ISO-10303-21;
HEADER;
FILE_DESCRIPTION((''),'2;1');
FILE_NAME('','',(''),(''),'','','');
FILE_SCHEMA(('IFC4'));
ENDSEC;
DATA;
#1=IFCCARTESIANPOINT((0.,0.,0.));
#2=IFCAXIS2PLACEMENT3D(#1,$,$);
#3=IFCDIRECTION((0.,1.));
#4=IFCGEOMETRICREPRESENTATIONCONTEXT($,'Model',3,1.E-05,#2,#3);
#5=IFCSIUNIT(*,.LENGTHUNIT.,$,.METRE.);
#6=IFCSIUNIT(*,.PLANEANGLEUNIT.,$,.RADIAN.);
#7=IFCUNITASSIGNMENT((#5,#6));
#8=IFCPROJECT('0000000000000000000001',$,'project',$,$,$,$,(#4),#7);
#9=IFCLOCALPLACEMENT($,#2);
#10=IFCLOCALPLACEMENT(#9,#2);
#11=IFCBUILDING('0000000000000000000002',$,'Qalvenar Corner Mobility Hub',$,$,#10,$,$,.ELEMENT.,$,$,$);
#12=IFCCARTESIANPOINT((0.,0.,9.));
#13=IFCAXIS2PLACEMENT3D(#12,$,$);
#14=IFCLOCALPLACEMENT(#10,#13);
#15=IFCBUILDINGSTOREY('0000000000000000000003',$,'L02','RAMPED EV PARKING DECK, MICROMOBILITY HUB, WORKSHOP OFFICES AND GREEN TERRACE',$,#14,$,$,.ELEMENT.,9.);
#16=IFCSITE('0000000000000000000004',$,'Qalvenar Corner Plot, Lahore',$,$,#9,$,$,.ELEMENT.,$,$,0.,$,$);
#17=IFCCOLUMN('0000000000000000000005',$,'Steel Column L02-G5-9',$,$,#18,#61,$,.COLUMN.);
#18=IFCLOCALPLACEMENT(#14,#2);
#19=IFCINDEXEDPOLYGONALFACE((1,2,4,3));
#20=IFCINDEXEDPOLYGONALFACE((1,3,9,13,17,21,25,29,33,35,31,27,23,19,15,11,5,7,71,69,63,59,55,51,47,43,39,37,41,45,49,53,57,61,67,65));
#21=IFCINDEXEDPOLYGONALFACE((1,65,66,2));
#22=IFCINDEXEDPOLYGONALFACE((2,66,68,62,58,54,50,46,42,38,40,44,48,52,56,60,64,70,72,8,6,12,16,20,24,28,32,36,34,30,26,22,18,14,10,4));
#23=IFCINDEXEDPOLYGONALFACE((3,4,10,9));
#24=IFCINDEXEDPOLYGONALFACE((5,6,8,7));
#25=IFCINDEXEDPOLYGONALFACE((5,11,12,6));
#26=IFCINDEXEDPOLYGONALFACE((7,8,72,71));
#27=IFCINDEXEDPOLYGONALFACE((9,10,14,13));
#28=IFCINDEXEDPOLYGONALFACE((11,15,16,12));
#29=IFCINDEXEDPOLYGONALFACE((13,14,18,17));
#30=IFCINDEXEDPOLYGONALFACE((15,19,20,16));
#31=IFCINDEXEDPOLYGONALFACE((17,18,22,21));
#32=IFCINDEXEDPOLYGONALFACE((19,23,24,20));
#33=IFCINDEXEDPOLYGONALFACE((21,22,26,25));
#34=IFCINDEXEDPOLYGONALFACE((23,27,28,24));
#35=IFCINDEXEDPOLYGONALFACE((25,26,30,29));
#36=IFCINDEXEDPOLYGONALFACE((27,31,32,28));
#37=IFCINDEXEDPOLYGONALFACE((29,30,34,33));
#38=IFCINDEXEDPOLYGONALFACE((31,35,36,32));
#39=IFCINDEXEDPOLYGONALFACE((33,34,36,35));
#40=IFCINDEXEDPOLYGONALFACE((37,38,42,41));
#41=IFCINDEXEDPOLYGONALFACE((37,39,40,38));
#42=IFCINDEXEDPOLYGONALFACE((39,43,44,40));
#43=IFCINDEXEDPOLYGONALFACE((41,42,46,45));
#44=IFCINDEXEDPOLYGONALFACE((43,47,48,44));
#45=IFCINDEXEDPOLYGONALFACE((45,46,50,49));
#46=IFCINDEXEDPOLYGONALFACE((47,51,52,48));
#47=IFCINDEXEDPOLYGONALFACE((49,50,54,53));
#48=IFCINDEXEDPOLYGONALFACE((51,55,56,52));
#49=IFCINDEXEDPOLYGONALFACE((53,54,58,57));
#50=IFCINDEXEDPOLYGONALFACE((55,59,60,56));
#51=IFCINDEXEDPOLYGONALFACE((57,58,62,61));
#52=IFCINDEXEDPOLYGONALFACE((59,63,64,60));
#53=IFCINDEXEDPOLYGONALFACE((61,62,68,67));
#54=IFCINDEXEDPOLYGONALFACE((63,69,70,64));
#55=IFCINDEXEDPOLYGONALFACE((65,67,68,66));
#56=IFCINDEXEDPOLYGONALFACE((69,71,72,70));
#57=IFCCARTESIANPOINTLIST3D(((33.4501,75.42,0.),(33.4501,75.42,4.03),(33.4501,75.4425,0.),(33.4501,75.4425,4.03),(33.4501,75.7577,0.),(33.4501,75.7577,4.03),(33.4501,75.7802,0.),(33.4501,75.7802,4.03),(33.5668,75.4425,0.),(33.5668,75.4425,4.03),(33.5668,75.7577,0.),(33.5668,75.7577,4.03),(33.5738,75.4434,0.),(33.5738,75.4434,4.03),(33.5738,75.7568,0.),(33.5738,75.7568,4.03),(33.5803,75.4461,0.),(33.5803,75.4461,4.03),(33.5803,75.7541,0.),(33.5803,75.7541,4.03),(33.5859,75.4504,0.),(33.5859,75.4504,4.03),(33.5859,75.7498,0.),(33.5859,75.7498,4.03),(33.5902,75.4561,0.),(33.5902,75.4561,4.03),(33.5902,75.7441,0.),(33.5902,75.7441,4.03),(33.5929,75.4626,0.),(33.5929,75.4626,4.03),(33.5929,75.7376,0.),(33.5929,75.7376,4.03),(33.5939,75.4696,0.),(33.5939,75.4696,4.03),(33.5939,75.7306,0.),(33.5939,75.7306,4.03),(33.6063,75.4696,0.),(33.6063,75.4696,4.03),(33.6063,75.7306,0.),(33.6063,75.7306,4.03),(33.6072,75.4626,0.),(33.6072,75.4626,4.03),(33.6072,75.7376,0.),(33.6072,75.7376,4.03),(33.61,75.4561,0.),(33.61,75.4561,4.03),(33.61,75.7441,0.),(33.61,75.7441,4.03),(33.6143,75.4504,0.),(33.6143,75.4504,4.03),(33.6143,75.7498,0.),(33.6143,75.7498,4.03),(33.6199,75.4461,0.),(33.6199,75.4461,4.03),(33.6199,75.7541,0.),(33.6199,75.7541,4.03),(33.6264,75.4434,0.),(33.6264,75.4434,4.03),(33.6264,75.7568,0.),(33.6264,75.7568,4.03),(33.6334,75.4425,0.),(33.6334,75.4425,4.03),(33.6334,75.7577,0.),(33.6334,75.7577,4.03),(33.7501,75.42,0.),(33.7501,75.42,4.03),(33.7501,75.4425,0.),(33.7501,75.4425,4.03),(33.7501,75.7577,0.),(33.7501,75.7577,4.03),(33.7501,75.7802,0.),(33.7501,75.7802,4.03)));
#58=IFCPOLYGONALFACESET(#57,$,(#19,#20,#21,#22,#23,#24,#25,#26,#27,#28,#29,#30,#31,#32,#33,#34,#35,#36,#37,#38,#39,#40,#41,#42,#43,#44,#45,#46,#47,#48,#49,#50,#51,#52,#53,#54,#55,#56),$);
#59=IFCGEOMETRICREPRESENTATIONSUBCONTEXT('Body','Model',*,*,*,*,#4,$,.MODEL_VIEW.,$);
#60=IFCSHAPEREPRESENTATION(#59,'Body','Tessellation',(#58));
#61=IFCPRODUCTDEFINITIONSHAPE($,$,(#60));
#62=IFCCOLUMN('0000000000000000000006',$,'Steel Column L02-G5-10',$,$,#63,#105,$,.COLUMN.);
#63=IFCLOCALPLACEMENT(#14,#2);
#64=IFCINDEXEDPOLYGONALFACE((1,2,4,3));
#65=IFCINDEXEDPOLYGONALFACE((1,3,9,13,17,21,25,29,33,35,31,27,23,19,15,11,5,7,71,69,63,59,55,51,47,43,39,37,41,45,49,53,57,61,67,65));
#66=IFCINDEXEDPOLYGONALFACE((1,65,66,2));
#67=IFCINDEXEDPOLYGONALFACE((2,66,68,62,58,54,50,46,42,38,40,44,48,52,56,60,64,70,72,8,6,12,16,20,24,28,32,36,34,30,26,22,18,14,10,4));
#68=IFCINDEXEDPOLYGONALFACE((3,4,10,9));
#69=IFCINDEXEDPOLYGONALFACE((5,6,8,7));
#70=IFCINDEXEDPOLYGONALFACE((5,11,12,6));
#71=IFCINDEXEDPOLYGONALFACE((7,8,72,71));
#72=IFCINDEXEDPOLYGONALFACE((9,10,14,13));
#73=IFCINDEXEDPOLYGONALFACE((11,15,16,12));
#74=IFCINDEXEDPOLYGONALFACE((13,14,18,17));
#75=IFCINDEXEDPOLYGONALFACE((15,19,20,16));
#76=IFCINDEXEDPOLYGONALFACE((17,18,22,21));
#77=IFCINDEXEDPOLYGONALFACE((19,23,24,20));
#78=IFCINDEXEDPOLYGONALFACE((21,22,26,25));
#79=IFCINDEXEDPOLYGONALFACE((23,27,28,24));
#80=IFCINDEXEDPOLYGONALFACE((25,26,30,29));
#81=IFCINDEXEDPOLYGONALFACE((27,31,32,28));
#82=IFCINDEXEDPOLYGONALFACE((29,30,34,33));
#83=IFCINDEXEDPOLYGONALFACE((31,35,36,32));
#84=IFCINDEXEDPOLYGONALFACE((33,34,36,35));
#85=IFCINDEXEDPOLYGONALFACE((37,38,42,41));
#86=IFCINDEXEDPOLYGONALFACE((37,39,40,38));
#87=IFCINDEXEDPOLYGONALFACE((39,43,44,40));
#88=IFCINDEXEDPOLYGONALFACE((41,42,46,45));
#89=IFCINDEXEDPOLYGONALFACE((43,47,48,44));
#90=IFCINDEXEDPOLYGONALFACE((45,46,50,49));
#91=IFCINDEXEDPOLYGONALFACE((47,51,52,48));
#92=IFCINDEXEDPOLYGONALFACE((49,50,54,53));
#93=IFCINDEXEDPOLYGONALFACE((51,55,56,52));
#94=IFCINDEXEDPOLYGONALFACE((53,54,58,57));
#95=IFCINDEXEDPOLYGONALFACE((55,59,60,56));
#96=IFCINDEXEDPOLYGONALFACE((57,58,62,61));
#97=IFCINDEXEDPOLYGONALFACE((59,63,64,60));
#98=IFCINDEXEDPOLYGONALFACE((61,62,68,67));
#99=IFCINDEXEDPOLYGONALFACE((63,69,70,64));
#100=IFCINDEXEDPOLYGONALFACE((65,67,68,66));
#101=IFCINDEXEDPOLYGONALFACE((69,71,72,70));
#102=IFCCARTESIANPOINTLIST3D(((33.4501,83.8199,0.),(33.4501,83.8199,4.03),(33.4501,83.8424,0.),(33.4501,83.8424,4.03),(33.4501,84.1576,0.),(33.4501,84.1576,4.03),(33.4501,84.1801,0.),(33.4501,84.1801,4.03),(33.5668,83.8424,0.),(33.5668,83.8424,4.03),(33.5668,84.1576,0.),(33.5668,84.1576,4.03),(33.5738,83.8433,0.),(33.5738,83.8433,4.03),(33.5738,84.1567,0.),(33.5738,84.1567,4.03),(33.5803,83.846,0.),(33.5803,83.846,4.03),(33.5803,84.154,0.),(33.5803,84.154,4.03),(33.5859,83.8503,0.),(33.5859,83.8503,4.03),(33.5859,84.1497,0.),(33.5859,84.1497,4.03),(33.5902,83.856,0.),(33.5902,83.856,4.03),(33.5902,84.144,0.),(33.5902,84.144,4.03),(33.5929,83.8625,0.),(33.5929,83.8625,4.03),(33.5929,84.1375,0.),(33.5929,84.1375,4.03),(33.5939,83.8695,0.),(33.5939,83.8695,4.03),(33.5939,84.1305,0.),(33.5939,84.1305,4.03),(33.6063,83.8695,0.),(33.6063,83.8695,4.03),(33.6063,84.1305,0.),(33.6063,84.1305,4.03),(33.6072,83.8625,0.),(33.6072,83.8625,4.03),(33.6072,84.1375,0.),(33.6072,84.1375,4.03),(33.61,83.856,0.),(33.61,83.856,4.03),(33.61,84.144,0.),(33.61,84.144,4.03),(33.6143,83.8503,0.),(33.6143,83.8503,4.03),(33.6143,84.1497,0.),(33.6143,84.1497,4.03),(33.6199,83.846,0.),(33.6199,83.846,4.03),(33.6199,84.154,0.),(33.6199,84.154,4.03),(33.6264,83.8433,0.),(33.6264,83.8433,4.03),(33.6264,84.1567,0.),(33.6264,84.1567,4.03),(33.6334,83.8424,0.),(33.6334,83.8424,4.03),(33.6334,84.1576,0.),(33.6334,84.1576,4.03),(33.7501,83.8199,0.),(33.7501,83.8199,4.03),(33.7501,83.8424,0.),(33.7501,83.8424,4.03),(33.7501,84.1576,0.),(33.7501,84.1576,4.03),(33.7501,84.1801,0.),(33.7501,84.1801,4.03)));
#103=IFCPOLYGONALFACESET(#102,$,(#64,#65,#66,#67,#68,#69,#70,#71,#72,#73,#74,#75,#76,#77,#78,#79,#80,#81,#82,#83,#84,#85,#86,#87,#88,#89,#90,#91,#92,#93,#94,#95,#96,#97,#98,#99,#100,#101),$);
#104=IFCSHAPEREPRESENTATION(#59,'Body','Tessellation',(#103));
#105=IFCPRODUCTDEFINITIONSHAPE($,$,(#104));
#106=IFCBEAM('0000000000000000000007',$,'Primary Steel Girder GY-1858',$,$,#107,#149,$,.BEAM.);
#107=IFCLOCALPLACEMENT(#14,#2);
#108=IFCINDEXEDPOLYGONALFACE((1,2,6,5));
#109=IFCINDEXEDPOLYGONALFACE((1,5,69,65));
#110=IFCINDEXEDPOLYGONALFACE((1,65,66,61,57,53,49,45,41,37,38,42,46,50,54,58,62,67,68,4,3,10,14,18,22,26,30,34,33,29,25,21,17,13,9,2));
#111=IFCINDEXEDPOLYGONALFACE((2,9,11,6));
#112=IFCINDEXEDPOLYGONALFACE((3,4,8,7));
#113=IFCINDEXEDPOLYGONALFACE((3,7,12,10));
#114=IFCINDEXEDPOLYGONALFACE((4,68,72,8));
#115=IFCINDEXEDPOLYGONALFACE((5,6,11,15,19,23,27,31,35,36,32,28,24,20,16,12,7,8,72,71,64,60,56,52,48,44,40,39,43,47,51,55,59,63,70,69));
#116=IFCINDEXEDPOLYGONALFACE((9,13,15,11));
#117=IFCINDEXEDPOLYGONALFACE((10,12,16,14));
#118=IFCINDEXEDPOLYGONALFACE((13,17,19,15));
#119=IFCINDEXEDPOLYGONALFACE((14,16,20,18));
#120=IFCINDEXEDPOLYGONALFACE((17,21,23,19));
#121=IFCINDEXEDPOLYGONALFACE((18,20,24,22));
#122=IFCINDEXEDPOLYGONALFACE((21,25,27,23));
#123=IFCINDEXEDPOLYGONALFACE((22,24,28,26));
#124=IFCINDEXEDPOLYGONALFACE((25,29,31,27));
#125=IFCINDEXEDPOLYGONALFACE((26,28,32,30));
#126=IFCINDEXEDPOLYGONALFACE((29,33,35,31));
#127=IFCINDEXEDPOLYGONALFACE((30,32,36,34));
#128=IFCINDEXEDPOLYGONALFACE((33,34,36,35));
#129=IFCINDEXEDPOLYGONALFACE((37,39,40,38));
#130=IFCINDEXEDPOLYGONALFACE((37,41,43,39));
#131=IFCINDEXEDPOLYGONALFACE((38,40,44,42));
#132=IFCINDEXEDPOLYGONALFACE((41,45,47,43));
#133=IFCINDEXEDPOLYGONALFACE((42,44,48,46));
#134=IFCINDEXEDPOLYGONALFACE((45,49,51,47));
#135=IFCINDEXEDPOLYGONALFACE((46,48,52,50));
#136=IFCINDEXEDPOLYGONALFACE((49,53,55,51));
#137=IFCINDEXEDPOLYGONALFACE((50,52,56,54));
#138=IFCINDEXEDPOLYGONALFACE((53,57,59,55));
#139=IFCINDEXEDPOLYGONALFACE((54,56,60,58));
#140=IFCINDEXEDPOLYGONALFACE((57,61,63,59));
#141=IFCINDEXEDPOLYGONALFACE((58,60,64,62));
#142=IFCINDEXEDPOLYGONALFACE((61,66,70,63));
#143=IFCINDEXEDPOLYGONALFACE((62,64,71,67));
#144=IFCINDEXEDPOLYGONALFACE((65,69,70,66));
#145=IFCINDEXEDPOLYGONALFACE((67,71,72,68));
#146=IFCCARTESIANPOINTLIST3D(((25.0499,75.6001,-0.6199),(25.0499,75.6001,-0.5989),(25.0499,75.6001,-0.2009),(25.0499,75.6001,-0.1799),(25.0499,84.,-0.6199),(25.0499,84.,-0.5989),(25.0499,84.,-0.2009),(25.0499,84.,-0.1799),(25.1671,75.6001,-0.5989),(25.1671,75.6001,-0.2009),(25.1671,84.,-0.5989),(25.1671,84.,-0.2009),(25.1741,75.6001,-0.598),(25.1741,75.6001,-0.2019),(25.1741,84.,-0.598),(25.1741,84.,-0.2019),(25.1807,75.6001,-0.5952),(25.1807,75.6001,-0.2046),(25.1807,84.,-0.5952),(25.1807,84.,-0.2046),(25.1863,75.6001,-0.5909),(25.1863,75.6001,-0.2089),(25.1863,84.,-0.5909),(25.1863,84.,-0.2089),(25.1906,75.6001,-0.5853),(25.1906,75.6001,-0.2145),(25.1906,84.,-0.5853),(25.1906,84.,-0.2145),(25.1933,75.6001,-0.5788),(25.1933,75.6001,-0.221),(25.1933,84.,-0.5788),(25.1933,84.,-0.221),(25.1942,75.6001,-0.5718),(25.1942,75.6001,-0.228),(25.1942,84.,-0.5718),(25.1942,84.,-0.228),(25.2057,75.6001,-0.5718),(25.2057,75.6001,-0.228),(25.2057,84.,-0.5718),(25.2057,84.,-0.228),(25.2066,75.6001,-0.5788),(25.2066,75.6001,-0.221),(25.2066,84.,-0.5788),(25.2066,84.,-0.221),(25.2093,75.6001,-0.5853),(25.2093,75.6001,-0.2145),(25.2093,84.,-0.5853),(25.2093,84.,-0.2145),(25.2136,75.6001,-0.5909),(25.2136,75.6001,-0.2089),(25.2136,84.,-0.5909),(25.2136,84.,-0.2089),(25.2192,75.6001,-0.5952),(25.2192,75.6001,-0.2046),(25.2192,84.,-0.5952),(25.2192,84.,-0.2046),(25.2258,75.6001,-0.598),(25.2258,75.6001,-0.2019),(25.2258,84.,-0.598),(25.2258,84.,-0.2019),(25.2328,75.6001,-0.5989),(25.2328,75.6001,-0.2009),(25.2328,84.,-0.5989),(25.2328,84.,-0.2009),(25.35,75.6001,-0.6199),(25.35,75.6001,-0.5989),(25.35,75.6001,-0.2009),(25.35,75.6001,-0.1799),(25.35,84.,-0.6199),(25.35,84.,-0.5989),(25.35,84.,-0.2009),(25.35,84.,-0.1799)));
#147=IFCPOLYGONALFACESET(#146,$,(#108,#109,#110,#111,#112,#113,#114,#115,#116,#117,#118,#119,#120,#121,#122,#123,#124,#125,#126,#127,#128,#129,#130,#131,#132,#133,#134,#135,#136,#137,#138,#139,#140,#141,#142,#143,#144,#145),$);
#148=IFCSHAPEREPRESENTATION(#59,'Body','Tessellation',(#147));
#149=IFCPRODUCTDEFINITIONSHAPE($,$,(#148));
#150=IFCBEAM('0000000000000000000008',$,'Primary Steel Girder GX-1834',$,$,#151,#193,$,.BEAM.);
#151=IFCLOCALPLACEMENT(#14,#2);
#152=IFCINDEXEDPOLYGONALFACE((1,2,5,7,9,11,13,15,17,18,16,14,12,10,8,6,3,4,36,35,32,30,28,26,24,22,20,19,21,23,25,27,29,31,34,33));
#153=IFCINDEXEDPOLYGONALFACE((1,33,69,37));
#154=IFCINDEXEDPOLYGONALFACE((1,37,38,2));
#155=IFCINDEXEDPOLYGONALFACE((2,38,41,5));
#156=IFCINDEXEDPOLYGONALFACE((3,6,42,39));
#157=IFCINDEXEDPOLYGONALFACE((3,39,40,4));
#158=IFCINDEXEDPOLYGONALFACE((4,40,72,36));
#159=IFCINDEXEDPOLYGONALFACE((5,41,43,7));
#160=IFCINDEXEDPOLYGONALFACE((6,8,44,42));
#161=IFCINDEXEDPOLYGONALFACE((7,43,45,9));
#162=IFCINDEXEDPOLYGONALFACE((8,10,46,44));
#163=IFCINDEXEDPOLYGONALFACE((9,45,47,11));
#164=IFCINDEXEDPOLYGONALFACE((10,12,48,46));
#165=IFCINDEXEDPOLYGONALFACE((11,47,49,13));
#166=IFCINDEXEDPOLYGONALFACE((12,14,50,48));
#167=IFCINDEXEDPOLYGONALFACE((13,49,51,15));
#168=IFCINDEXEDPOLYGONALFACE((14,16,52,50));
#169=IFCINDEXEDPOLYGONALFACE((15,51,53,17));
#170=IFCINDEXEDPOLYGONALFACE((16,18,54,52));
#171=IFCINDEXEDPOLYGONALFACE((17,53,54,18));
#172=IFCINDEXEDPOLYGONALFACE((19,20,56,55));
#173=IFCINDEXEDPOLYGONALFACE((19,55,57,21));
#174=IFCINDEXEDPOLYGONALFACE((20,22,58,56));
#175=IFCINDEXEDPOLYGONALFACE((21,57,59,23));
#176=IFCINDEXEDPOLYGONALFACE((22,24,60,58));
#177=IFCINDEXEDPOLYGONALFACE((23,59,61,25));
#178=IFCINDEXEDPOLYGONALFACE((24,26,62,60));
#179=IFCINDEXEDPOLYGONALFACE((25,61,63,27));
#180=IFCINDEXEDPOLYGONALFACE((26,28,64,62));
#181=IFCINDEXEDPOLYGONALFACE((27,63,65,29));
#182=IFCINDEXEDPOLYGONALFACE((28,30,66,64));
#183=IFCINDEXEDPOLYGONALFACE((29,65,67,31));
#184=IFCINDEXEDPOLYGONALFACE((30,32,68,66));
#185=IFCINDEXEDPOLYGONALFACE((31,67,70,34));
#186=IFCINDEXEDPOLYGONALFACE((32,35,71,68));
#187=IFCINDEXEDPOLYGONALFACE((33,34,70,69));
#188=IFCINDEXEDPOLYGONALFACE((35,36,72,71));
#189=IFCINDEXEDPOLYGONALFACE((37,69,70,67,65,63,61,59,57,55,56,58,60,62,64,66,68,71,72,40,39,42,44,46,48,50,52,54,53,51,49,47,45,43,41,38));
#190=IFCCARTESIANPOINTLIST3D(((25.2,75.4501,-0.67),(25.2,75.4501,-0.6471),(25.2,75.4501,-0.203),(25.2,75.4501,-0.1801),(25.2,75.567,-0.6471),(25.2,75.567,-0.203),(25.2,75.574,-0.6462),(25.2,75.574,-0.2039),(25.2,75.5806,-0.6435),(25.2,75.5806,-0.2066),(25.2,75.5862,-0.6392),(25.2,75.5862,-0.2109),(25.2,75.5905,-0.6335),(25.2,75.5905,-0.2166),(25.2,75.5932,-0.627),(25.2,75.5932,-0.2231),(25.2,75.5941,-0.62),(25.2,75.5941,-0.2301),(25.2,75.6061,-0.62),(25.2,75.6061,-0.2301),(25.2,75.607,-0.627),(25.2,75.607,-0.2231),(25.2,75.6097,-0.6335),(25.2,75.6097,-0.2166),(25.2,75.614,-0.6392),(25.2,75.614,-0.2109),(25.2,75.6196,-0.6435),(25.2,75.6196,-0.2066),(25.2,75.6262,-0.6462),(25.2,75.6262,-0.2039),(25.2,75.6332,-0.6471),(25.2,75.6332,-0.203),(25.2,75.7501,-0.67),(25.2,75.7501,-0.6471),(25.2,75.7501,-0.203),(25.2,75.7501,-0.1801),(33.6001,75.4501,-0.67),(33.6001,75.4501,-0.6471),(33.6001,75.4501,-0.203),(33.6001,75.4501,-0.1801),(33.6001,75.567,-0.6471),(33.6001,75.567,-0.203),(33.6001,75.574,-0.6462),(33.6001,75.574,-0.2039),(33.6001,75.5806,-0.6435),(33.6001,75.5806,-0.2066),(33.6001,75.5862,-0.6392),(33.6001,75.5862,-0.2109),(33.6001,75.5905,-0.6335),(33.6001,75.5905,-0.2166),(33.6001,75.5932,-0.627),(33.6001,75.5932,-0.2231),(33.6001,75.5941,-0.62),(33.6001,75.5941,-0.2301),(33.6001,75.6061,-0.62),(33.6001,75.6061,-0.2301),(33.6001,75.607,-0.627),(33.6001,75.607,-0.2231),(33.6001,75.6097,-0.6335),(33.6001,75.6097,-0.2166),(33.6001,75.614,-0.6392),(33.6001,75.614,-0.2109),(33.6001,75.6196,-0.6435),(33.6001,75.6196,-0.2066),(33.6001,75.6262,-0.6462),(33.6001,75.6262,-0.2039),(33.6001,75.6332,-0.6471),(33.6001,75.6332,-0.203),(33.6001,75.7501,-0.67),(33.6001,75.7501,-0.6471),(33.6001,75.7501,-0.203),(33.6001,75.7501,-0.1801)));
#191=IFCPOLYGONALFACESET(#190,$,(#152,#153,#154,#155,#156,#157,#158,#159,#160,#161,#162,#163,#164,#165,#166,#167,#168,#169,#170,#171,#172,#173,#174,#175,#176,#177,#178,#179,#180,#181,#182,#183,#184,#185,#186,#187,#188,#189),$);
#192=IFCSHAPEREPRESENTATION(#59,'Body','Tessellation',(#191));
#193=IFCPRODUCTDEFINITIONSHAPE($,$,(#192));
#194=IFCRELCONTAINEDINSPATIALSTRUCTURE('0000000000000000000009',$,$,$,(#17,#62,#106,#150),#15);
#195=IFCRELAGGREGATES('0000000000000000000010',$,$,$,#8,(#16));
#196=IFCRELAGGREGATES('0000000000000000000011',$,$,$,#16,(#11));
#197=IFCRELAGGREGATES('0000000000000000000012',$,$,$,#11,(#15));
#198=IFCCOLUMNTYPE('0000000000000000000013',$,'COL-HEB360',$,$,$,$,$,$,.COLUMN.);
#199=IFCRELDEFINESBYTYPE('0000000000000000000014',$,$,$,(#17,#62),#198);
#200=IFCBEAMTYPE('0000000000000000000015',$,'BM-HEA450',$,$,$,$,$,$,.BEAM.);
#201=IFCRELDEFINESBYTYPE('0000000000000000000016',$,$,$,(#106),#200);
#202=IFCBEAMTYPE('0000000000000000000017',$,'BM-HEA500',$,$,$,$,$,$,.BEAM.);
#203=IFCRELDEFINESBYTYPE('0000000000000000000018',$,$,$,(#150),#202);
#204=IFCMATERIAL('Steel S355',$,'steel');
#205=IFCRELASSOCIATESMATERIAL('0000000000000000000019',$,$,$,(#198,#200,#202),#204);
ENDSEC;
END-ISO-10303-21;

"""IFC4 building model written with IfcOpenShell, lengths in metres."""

from ifc_helpers import new_model, si_unit, direction, frame, origin, origin_2d, place, context, subcontext, project, spatial, i_section, extrude, material, material_profile, profile_set, type_object, element, save


model = new_model("IFC4")

# Units and contexts
model_context = context("Model", 3, precision=1e-05, world=origin(), true_north=direction((0.0, 1.0)))
body_context = subcontext(model_context, "Body", "Model", "MODEL_VIEW")
ifc_project = project(units=[si_unit("LENGTHUNIT", "METRE"), si_unit("PLANEANGLEUNIT", "RADIAN")], contexts=[model_context])

# Site, building, storey
site_placement = place(None, origin())
site = spatial("IfcSite", under=ifc_project, at=site_placement, Name="Qalvenar Corner Plot, Lahore", CompositionType="ELEMENT", RefElevation=0.0)
building_placement = place(site_placement, origin())
building = spatial("IfcBuilding", under=site, at=building_placement, Name="Qalvenar Corner Mobility Hub", CompositionType="ELEMENT")
storey_placement = place(building_placement, frame((0.0, 0.0, 9.0)))
storey = spatial("IfcBuildingStorey", under=building, at=storey_placement, Name="L02", Description="RAMPED EV PARKING DECK, MICROMOBILITY HUB, WORKSHOP OFFICES AND GREEN TERRACE", CompositionType="ELEMENT", Elevation=9.0)

# Columns
ifc_material_1 = material(Name="Steel S355", Category="steel")
ifc_material_profile_1 = material_profile(ifc_material_1, i_section(OverallWidth=0.3, OverallDepth=0.3601, WebThickness=0.0125, FlangeThickness=0.0225, FilletRadius=0.0271, at=origin_2d()), Name="HEB360")
ifc_profile_set_1 = profile_set([ifc_material_profile_1], Name="Steel S355")
column_type_1 = type_object("IfcColumnType", Name="COL-HEB360", PredefinedType="COLUMN", material=ifc_profile_set_1)
for number, where, z_axis, x_axis, name in (
    (1, (33.6001, 75.6001, 0.0), (0.0, 0.0, 1.0), (1.0, 0.0, 0.0), "Steel Column L02-G5-9"),
    (2, (33.6001, 84.0, 0.0), (0.0, 0.0, 1.0), (1.0, 0.0, 0.0), "Steel Column L02-G5-10"),
):
    element("IfcColumn", number, at=place(storey_placement, frame(where, z_axis=z_axis, x_axis=x_axis)), inside=storey, type_object=column_type_1, Name=name, PredefinedType="COLUMN", context=body_context, shape_type="SweptSolid", body=[
        extrude(i_section(OverallWidth=0.3, OverallDepth=0.3601, WebThickness=0.0125, FlangeThickness=0.0225, FilletRadius=0.0271, at=origin_2d()), origin(), (0.0, 0.0, 1.0), 4.03),
    ])

# Beams
ifc_material_profile_2 = material_profile(ifc_material_1, i_section(OverallWidth=0.3, OverallDepth=0.4399, WebThickness=0.0115, FlangeThickness=0.021, FilletRadius=0.0271, at=origin_2d()), Name="HEA450")
ifc_profile_set_2 = profile_set([ifc_material_profile_2], Name="Steel S355")
beam_type_1 = type_object("IfcBeamType", Name="BM-HEA450", PredefinedType="BEAM", material=ifc_profile_set_2)
beam_1_placement = place(storey_placement, frame((25.2, 75.6001, -0.3999), z_axis=(0.0, 1.0, 0.0), x_axis=(-1.0, 0.0, 0.0)))
element("IfcBeam", 3, at=beam_1_placement, inside=storey, type_object=beam_type_1, Name="Primary Steel Girder GY-1858", PredefinedType="BEAM", context=body_context, shape_type="SweptSolid", body=[
    extrude(i_section(OverallWidth=0.3, OverallDepth=0.4399, WebThickness=0.0115, FlangeThickness=0.021, FilletRadius=0.0271, at=origin_2d()), origin(), (0.0, 0.0, 1.0), 8.3999),
])
ifc_material_profile_3 = material_profile(ifc_material_1, i_section(OverallWidth=0.3, OverallDepth=0.49, WebThickness=0.012, FlangeThickness=0.0229, FilletRadius=0.0271, at=origin_2d()), Name="HEA500")
ifc_profile_set_3 = profile_set([ifc_material_profile_3], Name="Steel S355")
beam_type_2 = type_object("IfcBeamType", Name="BM-HEA500", PredefinedType="BEAM", material=ifc_profile_set_3)
beam_2_placement = place(storey_placement, frame((25.2, 75.6001, -0.425), z_axis=(1.0, 0.0, 0.0), x_axis=(0.0, 1.0, 0.0)))
element("IfcBeam", 4, at=beam_2_placement, inside=storey, type_object=beam_type_2, Name="Primary Steel Girder GX-1834", PredefinedType="BEAM", context=body_context, shape_type="SweptSolid", body=[
    extrude(i_section(OverallWidth=0.3, OverallDepth=0.49, WebThickness=0.012, FlangeThickness=0.0229, FilletRadius=0.0271, at=origin_2d()), origin(), (0.0, 0.0, 1.0), 8.4001),
])

save(model, "model.ifc")
